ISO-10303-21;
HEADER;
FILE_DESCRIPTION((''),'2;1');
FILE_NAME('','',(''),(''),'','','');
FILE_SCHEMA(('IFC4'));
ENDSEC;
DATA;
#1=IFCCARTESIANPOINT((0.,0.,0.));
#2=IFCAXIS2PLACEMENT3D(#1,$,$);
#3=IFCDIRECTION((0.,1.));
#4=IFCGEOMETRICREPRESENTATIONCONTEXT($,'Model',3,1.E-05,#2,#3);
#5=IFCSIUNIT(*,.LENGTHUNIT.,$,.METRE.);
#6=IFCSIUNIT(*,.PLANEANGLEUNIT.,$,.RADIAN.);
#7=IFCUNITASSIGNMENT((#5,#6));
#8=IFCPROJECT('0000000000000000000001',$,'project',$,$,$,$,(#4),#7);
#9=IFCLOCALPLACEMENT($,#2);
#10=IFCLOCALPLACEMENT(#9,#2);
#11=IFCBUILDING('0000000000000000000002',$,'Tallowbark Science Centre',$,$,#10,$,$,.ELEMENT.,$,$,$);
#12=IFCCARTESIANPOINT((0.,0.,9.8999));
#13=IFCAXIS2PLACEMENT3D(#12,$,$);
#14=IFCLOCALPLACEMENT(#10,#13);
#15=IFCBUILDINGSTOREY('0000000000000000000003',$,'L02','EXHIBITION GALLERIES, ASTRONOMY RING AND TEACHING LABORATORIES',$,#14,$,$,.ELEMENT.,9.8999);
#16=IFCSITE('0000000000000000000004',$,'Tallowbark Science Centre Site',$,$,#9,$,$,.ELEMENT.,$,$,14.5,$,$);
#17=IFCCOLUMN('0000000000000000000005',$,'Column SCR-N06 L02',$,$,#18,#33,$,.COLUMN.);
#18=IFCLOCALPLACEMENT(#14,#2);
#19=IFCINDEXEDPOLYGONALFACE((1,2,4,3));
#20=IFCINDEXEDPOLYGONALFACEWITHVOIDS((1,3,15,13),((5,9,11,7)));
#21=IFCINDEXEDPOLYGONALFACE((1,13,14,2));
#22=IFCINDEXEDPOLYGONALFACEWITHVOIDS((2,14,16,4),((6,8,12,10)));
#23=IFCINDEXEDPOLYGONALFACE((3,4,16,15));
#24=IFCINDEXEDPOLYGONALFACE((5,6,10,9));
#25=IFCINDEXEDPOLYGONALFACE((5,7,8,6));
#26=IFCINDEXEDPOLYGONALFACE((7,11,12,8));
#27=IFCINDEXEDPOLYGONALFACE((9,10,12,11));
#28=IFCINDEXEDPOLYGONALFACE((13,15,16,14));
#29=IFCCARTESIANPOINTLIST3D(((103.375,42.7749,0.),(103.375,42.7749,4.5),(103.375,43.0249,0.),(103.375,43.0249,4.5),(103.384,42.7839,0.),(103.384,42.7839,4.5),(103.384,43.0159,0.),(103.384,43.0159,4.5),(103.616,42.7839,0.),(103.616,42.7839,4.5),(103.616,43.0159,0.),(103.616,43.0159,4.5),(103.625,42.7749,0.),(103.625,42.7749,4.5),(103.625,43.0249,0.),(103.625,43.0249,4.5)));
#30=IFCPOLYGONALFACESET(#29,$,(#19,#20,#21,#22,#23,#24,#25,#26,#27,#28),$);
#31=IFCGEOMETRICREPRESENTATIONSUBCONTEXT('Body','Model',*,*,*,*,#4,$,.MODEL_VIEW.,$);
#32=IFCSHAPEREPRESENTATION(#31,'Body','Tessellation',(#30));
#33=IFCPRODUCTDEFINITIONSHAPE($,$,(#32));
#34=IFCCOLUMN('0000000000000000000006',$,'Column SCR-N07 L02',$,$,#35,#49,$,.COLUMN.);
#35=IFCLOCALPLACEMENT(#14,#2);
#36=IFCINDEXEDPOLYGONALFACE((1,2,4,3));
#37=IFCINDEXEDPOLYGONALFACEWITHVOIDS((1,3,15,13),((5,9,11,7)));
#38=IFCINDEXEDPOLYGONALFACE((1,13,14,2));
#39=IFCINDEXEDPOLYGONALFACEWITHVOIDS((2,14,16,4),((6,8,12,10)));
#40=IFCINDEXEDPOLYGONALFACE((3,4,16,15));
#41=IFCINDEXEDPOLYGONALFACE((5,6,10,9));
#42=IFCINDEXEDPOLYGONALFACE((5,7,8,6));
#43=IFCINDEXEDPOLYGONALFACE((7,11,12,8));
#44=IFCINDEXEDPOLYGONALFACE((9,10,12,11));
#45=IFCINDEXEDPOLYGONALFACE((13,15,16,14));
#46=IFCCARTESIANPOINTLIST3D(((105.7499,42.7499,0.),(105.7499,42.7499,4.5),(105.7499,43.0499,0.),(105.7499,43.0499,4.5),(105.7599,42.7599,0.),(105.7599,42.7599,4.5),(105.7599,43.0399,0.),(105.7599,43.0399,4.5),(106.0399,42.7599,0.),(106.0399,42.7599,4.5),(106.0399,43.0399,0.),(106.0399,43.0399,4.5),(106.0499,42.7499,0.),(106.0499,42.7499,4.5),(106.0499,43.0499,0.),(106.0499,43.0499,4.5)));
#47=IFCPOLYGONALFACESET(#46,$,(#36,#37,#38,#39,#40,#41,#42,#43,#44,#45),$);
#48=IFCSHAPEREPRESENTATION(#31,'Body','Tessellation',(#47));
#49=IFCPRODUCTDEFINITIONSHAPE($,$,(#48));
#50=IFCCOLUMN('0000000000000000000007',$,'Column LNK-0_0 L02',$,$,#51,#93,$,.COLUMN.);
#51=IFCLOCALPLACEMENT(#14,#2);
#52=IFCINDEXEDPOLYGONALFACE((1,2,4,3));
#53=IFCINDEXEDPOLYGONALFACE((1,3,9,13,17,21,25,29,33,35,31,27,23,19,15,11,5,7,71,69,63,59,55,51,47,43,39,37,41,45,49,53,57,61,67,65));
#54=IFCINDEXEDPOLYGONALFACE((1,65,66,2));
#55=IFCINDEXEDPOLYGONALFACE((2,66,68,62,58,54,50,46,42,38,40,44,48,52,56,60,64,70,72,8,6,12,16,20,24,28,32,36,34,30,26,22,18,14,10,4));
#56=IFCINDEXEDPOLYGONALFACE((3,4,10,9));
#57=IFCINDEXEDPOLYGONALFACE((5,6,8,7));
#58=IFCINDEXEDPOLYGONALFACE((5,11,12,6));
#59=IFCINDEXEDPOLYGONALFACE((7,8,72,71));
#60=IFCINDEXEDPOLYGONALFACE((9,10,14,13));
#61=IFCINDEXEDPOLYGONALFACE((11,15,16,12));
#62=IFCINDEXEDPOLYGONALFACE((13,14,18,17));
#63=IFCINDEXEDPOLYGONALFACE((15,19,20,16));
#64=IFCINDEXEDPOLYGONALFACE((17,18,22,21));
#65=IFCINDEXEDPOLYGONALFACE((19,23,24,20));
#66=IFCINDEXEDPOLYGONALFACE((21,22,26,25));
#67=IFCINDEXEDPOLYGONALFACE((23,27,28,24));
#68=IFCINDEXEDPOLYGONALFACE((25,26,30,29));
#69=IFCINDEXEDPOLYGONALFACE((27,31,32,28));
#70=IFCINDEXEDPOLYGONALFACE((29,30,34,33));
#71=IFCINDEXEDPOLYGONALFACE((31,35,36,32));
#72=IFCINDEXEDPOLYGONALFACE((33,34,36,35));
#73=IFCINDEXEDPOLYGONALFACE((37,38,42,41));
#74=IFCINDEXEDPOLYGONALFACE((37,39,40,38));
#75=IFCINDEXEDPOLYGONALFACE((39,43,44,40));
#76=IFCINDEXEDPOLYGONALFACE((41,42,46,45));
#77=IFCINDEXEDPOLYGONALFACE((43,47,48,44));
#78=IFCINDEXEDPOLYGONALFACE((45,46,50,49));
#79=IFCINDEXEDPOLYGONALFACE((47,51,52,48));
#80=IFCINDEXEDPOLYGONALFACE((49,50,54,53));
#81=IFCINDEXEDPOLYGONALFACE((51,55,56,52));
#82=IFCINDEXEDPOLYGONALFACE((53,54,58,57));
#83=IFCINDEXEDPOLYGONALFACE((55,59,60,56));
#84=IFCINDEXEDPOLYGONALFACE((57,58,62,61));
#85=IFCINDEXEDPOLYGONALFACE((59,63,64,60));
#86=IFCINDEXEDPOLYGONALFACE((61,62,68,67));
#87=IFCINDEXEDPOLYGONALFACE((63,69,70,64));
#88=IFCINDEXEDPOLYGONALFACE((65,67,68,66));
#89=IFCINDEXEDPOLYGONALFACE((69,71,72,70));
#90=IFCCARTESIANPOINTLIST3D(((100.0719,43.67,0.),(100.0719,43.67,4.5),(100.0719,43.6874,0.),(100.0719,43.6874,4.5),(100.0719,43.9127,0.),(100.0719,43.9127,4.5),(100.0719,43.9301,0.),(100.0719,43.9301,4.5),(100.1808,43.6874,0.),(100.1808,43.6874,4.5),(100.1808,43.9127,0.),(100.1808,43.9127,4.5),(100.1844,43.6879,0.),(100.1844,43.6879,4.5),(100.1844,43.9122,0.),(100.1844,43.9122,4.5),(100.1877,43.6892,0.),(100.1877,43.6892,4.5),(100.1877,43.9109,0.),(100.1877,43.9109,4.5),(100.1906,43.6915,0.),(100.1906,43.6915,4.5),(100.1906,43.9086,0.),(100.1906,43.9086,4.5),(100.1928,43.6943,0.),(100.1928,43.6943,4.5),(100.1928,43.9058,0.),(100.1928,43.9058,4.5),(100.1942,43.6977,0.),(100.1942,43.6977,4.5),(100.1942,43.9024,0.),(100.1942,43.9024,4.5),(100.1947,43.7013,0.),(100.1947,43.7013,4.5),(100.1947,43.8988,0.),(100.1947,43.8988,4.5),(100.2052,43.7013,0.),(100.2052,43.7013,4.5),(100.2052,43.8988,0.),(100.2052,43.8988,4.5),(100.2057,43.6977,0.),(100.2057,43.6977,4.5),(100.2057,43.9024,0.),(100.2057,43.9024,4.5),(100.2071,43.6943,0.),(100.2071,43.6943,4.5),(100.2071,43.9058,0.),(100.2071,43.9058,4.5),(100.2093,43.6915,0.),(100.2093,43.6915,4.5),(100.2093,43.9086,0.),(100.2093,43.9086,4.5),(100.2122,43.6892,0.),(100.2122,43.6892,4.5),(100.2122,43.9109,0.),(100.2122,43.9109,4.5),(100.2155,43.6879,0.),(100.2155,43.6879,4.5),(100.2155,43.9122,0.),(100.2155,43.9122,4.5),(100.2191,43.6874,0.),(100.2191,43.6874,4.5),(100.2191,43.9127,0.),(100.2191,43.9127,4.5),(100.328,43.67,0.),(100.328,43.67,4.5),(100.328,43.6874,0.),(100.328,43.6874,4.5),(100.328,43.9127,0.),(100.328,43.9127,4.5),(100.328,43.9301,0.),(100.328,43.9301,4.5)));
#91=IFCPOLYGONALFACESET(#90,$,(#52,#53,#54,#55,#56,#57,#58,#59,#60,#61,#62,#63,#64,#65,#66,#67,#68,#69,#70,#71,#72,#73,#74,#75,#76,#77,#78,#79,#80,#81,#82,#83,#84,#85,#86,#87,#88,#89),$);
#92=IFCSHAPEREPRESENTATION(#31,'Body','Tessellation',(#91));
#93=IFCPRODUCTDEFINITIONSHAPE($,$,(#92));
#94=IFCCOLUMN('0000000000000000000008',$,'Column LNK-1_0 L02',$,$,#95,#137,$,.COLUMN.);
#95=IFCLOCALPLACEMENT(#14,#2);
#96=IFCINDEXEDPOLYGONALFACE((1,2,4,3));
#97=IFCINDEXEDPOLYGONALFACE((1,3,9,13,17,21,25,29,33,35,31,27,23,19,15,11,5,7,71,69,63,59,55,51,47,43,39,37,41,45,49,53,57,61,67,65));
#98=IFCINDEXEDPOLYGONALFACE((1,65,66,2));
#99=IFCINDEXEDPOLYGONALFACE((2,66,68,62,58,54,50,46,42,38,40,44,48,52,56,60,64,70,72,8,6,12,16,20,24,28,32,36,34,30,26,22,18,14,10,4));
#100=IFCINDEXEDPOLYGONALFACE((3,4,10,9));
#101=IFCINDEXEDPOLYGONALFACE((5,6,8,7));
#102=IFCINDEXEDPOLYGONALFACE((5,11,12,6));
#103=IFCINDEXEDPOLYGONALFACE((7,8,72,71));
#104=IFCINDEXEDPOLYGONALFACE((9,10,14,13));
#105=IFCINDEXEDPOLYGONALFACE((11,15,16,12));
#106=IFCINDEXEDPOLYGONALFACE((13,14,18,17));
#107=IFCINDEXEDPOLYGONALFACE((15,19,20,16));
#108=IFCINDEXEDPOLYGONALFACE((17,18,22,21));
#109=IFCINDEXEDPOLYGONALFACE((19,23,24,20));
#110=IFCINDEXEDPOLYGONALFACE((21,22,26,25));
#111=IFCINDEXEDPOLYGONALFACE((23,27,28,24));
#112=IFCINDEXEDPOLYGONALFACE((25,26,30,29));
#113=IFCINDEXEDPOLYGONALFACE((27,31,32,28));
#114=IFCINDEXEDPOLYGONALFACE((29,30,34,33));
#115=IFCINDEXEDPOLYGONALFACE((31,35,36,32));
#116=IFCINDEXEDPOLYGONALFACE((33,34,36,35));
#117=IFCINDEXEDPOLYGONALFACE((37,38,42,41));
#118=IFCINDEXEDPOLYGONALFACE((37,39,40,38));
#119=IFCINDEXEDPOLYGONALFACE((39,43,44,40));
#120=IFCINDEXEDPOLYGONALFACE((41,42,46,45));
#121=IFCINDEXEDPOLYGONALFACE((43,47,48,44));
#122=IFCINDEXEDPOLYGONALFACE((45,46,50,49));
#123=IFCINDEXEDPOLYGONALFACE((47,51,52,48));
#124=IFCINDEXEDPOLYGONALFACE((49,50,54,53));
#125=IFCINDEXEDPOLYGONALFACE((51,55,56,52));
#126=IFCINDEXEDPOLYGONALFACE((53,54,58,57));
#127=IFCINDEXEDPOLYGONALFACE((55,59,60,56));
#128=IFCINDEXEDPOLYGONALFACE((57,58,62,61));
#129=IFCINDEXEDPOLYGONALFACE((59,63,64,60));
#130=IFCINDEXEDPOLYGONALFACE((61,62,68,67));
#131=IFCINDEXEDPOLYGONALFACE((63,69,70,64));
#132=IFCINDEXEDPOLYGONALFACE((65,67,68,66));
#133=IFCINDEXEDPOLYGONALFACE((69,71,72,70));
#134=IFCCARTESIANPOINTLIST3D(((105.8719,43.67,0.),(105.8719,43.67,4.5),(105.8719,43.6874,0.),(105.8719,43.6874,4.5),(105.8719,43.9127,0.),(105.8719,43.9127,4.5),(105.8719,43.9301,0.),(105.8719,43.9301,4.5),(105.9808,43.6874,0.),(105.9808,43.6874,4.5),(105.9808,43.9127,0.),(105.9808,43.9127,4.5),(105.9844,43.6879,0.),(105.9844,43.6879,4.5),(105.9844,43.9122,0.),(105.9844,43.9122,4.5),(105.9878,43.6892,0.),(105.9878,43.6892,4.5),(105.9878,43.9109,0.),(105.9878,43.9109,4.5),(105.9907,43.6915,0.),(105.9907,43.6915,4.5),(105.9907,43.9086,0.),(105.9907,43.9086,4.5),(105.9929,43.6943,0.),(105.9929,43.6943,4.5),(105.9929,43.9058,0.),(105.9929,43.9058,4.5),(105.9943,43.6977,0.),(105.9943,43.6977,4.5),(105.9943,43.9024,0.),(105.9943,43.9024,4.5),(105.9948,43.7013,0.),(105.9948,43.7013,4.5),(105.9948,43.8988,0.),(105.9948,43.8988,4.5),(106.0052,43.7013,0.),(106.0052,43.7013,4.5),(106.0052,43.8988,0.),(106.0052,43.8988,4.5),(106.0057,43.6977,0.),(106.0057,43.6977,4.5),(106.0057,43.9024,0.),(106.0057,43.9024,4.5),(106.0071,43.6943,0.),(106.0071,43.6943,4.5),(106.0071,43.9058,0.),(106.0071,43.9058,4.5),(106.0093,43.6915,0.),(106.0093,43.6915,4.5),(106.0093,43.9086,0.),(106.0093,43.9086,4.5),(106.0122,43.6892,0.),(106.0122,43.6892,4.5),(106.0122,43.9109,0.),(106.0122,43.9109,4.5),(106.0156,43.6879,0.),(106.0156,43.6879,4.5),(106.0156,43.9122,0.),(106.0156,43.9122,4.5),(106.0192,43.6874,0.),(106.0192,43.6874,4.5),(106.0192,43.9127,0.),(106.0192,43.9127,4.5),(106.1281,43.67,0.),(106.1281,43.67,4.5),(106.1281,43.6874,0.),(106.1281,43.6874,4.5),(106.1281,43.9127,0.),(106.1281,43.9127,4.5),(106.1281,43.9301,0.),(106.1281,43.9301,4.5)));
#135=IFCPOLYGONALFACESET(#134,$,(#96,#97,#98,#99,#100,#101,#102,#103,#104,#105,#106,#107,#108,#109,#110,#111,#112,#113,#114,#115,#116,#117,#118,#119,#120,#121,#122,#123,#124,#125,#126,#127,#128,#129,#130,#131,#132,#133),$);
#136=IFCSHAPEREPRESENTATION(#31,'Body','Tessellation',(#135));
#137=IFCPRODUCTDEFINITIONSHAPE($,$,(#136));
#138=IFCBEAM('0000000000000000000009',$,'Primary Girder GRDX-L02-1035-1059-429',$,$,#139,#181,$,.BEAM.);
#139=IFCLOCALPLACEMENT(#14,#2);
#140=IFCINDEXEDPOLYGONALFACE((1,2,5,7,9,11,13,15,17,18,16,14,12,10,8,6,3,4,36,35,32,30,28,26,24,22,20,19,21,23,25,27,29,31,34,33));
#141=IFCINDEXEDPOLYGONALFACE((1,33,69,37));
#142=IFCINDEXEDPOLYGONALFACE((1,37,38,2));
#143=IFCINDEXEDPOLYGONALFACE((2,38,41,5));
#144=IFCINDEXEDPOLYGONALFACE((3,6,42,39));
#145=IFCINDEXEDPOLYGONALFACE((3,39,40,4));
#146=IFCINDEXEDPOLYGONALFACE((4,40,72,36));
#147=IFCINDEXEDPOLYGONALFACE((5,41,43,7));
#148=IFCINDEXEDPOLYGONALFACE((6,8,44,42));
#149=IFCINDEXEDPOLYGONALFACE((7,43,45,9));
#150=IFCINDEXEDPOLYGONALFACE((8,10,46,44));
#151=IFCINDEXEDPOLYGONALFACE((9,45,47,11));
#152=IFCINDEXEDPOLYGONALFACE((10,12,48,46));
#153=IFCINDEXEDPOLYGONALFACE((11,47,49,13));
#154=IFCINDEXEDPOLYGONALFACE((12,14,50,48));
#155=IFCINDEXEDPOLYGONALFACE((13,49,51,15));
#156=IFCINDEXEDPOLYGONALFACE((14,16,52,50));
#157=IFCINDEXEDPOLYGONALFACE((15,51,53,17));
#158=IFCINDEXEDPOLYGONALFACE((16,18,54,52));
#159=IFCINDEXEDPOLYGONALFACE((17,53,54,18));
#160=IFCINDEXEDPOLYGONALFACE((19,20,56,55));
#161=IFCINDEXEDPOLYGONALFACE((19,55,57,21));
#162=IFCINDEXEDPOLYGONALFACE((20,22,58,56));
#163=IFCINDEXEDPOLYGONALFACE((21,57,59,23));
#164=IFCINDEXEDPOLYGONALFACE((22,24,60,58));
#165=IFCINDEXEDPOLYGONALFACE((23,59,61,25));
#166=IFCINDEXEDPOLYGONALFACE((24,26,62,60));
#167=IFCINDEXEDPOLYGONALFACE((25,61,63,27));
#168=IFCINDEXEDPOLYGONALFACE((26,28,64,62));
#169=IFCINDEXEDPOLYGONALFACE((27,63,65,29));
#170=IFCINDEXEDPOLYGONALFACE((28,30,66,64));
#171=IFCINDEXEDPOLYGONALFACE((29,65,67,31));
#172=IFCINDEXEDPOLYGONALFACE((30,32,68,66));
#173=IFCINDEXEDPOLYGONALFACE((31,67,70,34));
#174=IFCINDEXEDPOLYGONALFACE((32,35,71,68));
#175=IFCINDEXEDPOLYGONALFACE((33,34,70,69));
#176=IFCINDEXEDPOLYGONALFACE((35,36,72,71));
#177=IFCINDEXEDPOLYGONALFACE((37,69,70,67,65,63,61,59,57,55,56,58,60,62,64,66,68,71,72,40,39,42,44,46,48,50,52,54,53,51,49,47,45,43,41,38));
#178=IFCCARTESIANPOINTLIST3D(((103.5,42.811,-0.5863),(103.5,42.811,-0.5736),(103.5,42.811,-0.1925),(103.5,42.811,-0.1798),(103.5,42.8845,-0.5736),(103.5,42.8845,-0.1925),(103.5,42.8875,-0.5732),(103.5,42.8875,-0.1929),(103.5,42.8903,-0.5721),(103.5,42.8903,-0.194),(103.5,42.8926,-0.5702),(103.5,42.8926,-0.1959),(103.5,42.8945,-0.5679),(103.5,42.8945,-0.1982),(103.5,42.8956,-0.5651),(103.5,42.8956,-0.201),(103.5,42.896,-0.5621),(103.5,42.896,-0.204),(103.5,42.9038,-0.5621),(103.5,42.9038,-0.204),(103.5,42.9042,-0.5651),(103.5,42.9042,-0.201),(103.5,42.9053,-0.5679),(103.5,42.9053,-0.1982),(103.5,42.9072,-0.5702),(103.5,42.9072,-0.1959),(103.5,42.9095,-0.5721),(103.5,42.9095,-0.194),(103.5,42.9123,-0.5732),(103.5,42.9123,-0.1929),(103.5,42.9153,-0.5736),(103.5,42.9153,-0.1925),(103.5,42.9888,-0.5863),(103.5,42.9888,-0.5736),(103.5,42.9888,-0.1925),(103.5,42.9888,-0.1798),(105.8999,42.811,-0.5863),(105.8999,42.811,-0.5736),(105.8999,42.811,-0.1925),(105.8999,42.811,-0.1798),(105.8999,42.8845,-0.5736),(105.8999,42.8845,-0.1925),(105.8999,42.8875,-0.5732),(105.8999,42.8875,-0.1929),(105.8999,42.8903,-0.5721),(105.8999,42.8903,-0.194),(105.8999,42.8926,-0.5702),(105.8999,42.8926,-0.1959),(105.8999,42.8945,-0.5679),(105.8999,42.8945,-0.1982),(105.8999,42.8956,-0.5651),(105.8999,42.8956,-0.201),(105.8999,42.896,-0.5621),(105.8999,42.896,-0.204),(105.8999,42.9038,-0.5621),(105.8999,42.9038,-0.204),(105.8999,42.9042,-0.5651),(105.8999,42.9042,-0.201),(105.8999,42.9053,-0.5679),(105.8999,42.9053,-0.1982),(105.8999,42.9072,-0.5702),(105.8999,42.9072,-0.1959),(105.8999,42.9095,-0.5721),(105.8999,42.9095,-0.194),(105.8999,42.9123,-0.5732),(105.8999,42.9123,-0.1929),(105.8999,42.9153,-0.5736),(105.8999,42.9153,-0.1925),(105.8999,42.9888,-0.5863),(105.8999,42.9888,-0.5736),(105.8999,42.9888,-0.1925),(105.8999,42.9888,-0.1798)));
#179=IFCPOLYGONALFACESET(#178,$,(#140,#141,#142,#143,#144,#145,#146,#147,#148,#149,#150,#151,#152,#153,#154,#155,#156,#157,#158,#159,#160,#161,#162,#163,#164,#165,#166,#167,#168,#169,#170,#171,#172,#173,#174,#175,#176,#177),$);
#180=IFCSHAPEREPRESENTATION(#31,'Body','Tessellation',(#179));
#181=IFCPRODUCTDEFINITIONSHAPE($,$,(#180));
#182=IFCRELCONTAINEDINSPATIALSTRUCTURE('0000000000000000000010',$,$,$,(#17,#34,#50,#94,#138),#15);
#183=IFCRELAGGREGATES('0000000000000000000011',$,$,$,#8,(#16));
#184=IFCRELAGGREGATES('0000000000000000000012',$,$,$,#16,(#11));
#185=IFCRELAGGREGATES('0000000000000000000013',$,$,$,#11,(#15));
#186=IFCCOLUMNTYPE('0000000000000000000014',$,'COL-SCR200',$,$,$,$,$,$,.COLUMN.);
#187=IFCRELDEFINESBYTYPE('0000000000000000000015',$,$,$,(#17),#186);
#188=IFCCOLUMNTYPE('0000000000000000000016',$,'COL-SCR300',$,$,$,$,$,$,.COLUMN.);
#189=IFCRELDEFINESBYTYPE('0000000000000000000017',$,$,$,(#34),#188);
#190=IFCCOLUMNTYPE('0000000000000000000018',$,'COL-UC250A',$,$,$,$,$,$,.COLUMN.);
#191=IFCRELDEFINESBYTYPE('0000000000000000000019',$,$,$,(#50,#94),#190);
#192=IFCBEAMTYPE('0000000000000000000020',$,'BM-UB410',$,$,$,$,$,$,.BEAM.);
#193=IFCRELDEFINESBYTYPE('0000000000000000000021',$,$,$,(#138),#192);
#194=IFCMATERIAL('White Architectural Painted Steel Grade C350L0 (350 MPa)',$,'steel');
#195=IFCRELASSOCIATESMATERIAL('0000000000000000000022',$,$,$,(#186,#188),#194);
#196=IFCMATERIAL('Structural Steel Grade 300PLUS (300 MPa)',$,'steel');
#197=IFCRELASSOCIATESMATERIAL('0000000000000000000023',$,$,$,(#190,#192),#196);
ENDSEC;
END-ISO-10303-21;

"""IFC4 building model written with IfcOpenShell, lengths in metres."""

from ifc_helpers import new_model, si_unit, direction, frame, origin, origin_2d, place, context, subcontext, project, spatial, hollow_rectangle, i_section, extrude, material, material_profile, profile_set, type_object, element, save


model = new_model("IFC4")

# Units and contexts
model_context = context("Model", 3, precision=1e-05, world=origin(), true_north=direction((0.0, 1.0)))
body_context = subcontext(model_context, "Body", "Model", "MODEL_VIEW")
ifc_project = project(units=[si_unit("LENGTHUNIT", "METRE"), si_unit("PLANEANGLEUNIT", "RADIAN")], contexts=[model_context])

# Site, building, storey
site_placement = place(None, origin())
site = spatial("IfcSite", under=ifc_project, at=site_placement, Name="Tallowbark Science Centre Site", CompositionType="ELEMENT", RefElevation=14.5)
building_placement = place(site_placement, origin())
building = spatial("IfcBuilding", under=site, at=building_placement, Name="Tallowbark Science Centre", CompositionType="ELEMENT")
storey_placement = place(building_placement, frame((0.0, 0.0, 9.8999)))
storey = spatial("IfcBuildingStorey", under=building, at=storey_placement, Name="L02", Description="EXHIBITION GALLERIES, ASTRONOMY RING AND TEACHING LABORATORIES", CompositionType="ELEMENT", Elevation=9.8999)

# Columns
ifc_material_1 = material(Name="White Architectural Painted Steel Grade C350L0 (350 MPa)", Category="steel")
ifc_material_profile_1 = material_profile(ifc_material_1, hollow_rectangle(XDim=0.25, YDim=0.25, WallThickness=0.009, at=origin_2d()), Name="250x250x9.0SHS")
ifc_profile_set_1 = profile_set([ifc_material_profile_1], Name="White Architectural Painted Steel Grade C350L0 (350 MPa)")
column_type_1 = type_object("IfcColumnType", Name="COL-SCR200", PredefinedType="COLUMN", material=ifc_profile_set_1)
column_1_placement = place(storey_placement, frame((103.5, 42.8999, 0.0), z_axis=(0.0, 0.0, 1.0), x_axis=(1.0, 0.0, 0.0)))
element("IfcColumn", 1, at=column_1_placement, inside=storey, type_object=column_type_1, Name="Column SCR-N06 L02", PredefinedType="COLUMN", context=body_context, shape_type="SweptSolid", body=[
    extrude(hollow_rectangle(XDim=0.25, YDim=0.25, WallThickness=0.009, at=origin_2d()), origin(), (0.0, 0.0, 1.0), 4.5),
])
ifc_material_profile_2 = material_profile(ifc_material_1, hollow_rectangle(XDim=0.3, YDim=0.3, WallThickness=0.01, at=origin_2d()), Name="300x300x10.0SHS")
ifc_profile_set_2 = profile_set([ifc_material_profile_2], Name="White Architectural Painted Steel Grade C350L0 (350 MPa)")
column_type_2 = type_object("IfcColumnType", Name="COL-SCR300", PredefinedType="COLUMN", material=ifc_profile_set_2)
column_2_placement = place(storey_placement, frame((105.8999, 42.8999, 0.0), z_axis=(0.0, 0.0, 1.0), x_axis=(1.0, 0.0, 0.0)))
element("IfcColumn", 2, at=column_2_placement, inside=storey, type_object=column_type_2, Name="Column SCR-N07 L02", PredefinedType="COLUMN", context=body_context, shape_type="SweptSolid", body=[
    extrude(hollow_rectangle(XDim=0.3, YDim=0.3, WallThickness=0.01, at=origin_2d()), origin(), (0.0, 0.0, 1.0), 4.5),
])
ifc_material_2 = material(Name="Structural Steel Grade 300PLUS (300 MPa)", Category="steel")
ifc_material_profile_3 = material_profile(ifc_material_2, i_section(OverallWidth=0.2561, OverallDepth=0.26, WebThickness=0.0105, FlangeThickness=0.0173, FilletRadius=0.0139, at=origin_2d()), Name="250UC89.5")
ifc_profile_set_3 = profile_set([ifc_material_profile_3], Name="Structural Steel Grade 300PLUS (300 MPa)")
column_type_3 = type_object("IfcColumnType", Name="COL-UC250A", PredefinedType="COLUMN", material=ifc_profile_set_3)
for number, where, z_axis, x_axis, name in (
    (3, (100.2, 43.8, 0.0), (0.0, 0.0, 1.0), (1.0, 0.0, 0.0), "Column LNK-0_0 L02"),
    (4, (106.0, 43.8, 0.0), (0.0, 0.0, 1.0), (1.0, 0.0, 0.0), "Column LNK-1_0 L02"),
):
    element("IfcColumn", number, at=place(storey_placement, frame(where, z_axis=z_axis, x_axis=x_axis)), inside=storey, type_object=column_type_3, Name=name, PredefinedType="COLUMN", context=body_context, shape_type="SweptSolid", body=[
        extrude(i_section(OverallWidth=0.2561, OverallDepth=0.26, WebThickness=0.0105, FlangeThickness=0.0173, FilletRadius=0.0139, at=origin_2d()), origin(), (0.0, 0.0, 1.0), 4.5),
    ])

# Beam
ifc_material_profile_4 = material_profile(ifc_material_2, i_section(OverallWidth=0.1777, OverallDepth=0.4065, WebThickness=0.0078, FlangeThickness=0.0127, FilletRadius=0.0115, at=origin_2d()), Name="410UB59.7")
ifc_profile_set_4 = profile_set([ifc_material_profile_4], Name="Structural Steel Grade 300PLUS (300 MPa)")
beam_type = type_object("IfcBeamType", Name="BM-UB410", PredefinedType="BEAM", material=ifc_profile_set_4)
beam_1_placement = place(storey_placement, frame((103.5, 42.8999, -0.3831), z_axis=(1.0, 0.0, 0.0), x_axis=(0.0, 1.0, 0.0)))
element("IfcBeam", 5, at=beam_1_placement, inside=storey, type_object=beam_type, Name="Primary Girder GRDX-L02-1035-1059-429", PredefinedType="BEAM", context=body_context, shape_type="SweptSolid", body=[
    extrude(i_section(OverallWidth=0.1777, OverallDepth=0.4065, WebThickness=0.0078, FlangeThickness=0.0127, FilletRadius=0.0115, at=origin_2d()), origin(), (0.0, 0.0, 1.0), 2.3999),
])

save(model, "model.ifc")
